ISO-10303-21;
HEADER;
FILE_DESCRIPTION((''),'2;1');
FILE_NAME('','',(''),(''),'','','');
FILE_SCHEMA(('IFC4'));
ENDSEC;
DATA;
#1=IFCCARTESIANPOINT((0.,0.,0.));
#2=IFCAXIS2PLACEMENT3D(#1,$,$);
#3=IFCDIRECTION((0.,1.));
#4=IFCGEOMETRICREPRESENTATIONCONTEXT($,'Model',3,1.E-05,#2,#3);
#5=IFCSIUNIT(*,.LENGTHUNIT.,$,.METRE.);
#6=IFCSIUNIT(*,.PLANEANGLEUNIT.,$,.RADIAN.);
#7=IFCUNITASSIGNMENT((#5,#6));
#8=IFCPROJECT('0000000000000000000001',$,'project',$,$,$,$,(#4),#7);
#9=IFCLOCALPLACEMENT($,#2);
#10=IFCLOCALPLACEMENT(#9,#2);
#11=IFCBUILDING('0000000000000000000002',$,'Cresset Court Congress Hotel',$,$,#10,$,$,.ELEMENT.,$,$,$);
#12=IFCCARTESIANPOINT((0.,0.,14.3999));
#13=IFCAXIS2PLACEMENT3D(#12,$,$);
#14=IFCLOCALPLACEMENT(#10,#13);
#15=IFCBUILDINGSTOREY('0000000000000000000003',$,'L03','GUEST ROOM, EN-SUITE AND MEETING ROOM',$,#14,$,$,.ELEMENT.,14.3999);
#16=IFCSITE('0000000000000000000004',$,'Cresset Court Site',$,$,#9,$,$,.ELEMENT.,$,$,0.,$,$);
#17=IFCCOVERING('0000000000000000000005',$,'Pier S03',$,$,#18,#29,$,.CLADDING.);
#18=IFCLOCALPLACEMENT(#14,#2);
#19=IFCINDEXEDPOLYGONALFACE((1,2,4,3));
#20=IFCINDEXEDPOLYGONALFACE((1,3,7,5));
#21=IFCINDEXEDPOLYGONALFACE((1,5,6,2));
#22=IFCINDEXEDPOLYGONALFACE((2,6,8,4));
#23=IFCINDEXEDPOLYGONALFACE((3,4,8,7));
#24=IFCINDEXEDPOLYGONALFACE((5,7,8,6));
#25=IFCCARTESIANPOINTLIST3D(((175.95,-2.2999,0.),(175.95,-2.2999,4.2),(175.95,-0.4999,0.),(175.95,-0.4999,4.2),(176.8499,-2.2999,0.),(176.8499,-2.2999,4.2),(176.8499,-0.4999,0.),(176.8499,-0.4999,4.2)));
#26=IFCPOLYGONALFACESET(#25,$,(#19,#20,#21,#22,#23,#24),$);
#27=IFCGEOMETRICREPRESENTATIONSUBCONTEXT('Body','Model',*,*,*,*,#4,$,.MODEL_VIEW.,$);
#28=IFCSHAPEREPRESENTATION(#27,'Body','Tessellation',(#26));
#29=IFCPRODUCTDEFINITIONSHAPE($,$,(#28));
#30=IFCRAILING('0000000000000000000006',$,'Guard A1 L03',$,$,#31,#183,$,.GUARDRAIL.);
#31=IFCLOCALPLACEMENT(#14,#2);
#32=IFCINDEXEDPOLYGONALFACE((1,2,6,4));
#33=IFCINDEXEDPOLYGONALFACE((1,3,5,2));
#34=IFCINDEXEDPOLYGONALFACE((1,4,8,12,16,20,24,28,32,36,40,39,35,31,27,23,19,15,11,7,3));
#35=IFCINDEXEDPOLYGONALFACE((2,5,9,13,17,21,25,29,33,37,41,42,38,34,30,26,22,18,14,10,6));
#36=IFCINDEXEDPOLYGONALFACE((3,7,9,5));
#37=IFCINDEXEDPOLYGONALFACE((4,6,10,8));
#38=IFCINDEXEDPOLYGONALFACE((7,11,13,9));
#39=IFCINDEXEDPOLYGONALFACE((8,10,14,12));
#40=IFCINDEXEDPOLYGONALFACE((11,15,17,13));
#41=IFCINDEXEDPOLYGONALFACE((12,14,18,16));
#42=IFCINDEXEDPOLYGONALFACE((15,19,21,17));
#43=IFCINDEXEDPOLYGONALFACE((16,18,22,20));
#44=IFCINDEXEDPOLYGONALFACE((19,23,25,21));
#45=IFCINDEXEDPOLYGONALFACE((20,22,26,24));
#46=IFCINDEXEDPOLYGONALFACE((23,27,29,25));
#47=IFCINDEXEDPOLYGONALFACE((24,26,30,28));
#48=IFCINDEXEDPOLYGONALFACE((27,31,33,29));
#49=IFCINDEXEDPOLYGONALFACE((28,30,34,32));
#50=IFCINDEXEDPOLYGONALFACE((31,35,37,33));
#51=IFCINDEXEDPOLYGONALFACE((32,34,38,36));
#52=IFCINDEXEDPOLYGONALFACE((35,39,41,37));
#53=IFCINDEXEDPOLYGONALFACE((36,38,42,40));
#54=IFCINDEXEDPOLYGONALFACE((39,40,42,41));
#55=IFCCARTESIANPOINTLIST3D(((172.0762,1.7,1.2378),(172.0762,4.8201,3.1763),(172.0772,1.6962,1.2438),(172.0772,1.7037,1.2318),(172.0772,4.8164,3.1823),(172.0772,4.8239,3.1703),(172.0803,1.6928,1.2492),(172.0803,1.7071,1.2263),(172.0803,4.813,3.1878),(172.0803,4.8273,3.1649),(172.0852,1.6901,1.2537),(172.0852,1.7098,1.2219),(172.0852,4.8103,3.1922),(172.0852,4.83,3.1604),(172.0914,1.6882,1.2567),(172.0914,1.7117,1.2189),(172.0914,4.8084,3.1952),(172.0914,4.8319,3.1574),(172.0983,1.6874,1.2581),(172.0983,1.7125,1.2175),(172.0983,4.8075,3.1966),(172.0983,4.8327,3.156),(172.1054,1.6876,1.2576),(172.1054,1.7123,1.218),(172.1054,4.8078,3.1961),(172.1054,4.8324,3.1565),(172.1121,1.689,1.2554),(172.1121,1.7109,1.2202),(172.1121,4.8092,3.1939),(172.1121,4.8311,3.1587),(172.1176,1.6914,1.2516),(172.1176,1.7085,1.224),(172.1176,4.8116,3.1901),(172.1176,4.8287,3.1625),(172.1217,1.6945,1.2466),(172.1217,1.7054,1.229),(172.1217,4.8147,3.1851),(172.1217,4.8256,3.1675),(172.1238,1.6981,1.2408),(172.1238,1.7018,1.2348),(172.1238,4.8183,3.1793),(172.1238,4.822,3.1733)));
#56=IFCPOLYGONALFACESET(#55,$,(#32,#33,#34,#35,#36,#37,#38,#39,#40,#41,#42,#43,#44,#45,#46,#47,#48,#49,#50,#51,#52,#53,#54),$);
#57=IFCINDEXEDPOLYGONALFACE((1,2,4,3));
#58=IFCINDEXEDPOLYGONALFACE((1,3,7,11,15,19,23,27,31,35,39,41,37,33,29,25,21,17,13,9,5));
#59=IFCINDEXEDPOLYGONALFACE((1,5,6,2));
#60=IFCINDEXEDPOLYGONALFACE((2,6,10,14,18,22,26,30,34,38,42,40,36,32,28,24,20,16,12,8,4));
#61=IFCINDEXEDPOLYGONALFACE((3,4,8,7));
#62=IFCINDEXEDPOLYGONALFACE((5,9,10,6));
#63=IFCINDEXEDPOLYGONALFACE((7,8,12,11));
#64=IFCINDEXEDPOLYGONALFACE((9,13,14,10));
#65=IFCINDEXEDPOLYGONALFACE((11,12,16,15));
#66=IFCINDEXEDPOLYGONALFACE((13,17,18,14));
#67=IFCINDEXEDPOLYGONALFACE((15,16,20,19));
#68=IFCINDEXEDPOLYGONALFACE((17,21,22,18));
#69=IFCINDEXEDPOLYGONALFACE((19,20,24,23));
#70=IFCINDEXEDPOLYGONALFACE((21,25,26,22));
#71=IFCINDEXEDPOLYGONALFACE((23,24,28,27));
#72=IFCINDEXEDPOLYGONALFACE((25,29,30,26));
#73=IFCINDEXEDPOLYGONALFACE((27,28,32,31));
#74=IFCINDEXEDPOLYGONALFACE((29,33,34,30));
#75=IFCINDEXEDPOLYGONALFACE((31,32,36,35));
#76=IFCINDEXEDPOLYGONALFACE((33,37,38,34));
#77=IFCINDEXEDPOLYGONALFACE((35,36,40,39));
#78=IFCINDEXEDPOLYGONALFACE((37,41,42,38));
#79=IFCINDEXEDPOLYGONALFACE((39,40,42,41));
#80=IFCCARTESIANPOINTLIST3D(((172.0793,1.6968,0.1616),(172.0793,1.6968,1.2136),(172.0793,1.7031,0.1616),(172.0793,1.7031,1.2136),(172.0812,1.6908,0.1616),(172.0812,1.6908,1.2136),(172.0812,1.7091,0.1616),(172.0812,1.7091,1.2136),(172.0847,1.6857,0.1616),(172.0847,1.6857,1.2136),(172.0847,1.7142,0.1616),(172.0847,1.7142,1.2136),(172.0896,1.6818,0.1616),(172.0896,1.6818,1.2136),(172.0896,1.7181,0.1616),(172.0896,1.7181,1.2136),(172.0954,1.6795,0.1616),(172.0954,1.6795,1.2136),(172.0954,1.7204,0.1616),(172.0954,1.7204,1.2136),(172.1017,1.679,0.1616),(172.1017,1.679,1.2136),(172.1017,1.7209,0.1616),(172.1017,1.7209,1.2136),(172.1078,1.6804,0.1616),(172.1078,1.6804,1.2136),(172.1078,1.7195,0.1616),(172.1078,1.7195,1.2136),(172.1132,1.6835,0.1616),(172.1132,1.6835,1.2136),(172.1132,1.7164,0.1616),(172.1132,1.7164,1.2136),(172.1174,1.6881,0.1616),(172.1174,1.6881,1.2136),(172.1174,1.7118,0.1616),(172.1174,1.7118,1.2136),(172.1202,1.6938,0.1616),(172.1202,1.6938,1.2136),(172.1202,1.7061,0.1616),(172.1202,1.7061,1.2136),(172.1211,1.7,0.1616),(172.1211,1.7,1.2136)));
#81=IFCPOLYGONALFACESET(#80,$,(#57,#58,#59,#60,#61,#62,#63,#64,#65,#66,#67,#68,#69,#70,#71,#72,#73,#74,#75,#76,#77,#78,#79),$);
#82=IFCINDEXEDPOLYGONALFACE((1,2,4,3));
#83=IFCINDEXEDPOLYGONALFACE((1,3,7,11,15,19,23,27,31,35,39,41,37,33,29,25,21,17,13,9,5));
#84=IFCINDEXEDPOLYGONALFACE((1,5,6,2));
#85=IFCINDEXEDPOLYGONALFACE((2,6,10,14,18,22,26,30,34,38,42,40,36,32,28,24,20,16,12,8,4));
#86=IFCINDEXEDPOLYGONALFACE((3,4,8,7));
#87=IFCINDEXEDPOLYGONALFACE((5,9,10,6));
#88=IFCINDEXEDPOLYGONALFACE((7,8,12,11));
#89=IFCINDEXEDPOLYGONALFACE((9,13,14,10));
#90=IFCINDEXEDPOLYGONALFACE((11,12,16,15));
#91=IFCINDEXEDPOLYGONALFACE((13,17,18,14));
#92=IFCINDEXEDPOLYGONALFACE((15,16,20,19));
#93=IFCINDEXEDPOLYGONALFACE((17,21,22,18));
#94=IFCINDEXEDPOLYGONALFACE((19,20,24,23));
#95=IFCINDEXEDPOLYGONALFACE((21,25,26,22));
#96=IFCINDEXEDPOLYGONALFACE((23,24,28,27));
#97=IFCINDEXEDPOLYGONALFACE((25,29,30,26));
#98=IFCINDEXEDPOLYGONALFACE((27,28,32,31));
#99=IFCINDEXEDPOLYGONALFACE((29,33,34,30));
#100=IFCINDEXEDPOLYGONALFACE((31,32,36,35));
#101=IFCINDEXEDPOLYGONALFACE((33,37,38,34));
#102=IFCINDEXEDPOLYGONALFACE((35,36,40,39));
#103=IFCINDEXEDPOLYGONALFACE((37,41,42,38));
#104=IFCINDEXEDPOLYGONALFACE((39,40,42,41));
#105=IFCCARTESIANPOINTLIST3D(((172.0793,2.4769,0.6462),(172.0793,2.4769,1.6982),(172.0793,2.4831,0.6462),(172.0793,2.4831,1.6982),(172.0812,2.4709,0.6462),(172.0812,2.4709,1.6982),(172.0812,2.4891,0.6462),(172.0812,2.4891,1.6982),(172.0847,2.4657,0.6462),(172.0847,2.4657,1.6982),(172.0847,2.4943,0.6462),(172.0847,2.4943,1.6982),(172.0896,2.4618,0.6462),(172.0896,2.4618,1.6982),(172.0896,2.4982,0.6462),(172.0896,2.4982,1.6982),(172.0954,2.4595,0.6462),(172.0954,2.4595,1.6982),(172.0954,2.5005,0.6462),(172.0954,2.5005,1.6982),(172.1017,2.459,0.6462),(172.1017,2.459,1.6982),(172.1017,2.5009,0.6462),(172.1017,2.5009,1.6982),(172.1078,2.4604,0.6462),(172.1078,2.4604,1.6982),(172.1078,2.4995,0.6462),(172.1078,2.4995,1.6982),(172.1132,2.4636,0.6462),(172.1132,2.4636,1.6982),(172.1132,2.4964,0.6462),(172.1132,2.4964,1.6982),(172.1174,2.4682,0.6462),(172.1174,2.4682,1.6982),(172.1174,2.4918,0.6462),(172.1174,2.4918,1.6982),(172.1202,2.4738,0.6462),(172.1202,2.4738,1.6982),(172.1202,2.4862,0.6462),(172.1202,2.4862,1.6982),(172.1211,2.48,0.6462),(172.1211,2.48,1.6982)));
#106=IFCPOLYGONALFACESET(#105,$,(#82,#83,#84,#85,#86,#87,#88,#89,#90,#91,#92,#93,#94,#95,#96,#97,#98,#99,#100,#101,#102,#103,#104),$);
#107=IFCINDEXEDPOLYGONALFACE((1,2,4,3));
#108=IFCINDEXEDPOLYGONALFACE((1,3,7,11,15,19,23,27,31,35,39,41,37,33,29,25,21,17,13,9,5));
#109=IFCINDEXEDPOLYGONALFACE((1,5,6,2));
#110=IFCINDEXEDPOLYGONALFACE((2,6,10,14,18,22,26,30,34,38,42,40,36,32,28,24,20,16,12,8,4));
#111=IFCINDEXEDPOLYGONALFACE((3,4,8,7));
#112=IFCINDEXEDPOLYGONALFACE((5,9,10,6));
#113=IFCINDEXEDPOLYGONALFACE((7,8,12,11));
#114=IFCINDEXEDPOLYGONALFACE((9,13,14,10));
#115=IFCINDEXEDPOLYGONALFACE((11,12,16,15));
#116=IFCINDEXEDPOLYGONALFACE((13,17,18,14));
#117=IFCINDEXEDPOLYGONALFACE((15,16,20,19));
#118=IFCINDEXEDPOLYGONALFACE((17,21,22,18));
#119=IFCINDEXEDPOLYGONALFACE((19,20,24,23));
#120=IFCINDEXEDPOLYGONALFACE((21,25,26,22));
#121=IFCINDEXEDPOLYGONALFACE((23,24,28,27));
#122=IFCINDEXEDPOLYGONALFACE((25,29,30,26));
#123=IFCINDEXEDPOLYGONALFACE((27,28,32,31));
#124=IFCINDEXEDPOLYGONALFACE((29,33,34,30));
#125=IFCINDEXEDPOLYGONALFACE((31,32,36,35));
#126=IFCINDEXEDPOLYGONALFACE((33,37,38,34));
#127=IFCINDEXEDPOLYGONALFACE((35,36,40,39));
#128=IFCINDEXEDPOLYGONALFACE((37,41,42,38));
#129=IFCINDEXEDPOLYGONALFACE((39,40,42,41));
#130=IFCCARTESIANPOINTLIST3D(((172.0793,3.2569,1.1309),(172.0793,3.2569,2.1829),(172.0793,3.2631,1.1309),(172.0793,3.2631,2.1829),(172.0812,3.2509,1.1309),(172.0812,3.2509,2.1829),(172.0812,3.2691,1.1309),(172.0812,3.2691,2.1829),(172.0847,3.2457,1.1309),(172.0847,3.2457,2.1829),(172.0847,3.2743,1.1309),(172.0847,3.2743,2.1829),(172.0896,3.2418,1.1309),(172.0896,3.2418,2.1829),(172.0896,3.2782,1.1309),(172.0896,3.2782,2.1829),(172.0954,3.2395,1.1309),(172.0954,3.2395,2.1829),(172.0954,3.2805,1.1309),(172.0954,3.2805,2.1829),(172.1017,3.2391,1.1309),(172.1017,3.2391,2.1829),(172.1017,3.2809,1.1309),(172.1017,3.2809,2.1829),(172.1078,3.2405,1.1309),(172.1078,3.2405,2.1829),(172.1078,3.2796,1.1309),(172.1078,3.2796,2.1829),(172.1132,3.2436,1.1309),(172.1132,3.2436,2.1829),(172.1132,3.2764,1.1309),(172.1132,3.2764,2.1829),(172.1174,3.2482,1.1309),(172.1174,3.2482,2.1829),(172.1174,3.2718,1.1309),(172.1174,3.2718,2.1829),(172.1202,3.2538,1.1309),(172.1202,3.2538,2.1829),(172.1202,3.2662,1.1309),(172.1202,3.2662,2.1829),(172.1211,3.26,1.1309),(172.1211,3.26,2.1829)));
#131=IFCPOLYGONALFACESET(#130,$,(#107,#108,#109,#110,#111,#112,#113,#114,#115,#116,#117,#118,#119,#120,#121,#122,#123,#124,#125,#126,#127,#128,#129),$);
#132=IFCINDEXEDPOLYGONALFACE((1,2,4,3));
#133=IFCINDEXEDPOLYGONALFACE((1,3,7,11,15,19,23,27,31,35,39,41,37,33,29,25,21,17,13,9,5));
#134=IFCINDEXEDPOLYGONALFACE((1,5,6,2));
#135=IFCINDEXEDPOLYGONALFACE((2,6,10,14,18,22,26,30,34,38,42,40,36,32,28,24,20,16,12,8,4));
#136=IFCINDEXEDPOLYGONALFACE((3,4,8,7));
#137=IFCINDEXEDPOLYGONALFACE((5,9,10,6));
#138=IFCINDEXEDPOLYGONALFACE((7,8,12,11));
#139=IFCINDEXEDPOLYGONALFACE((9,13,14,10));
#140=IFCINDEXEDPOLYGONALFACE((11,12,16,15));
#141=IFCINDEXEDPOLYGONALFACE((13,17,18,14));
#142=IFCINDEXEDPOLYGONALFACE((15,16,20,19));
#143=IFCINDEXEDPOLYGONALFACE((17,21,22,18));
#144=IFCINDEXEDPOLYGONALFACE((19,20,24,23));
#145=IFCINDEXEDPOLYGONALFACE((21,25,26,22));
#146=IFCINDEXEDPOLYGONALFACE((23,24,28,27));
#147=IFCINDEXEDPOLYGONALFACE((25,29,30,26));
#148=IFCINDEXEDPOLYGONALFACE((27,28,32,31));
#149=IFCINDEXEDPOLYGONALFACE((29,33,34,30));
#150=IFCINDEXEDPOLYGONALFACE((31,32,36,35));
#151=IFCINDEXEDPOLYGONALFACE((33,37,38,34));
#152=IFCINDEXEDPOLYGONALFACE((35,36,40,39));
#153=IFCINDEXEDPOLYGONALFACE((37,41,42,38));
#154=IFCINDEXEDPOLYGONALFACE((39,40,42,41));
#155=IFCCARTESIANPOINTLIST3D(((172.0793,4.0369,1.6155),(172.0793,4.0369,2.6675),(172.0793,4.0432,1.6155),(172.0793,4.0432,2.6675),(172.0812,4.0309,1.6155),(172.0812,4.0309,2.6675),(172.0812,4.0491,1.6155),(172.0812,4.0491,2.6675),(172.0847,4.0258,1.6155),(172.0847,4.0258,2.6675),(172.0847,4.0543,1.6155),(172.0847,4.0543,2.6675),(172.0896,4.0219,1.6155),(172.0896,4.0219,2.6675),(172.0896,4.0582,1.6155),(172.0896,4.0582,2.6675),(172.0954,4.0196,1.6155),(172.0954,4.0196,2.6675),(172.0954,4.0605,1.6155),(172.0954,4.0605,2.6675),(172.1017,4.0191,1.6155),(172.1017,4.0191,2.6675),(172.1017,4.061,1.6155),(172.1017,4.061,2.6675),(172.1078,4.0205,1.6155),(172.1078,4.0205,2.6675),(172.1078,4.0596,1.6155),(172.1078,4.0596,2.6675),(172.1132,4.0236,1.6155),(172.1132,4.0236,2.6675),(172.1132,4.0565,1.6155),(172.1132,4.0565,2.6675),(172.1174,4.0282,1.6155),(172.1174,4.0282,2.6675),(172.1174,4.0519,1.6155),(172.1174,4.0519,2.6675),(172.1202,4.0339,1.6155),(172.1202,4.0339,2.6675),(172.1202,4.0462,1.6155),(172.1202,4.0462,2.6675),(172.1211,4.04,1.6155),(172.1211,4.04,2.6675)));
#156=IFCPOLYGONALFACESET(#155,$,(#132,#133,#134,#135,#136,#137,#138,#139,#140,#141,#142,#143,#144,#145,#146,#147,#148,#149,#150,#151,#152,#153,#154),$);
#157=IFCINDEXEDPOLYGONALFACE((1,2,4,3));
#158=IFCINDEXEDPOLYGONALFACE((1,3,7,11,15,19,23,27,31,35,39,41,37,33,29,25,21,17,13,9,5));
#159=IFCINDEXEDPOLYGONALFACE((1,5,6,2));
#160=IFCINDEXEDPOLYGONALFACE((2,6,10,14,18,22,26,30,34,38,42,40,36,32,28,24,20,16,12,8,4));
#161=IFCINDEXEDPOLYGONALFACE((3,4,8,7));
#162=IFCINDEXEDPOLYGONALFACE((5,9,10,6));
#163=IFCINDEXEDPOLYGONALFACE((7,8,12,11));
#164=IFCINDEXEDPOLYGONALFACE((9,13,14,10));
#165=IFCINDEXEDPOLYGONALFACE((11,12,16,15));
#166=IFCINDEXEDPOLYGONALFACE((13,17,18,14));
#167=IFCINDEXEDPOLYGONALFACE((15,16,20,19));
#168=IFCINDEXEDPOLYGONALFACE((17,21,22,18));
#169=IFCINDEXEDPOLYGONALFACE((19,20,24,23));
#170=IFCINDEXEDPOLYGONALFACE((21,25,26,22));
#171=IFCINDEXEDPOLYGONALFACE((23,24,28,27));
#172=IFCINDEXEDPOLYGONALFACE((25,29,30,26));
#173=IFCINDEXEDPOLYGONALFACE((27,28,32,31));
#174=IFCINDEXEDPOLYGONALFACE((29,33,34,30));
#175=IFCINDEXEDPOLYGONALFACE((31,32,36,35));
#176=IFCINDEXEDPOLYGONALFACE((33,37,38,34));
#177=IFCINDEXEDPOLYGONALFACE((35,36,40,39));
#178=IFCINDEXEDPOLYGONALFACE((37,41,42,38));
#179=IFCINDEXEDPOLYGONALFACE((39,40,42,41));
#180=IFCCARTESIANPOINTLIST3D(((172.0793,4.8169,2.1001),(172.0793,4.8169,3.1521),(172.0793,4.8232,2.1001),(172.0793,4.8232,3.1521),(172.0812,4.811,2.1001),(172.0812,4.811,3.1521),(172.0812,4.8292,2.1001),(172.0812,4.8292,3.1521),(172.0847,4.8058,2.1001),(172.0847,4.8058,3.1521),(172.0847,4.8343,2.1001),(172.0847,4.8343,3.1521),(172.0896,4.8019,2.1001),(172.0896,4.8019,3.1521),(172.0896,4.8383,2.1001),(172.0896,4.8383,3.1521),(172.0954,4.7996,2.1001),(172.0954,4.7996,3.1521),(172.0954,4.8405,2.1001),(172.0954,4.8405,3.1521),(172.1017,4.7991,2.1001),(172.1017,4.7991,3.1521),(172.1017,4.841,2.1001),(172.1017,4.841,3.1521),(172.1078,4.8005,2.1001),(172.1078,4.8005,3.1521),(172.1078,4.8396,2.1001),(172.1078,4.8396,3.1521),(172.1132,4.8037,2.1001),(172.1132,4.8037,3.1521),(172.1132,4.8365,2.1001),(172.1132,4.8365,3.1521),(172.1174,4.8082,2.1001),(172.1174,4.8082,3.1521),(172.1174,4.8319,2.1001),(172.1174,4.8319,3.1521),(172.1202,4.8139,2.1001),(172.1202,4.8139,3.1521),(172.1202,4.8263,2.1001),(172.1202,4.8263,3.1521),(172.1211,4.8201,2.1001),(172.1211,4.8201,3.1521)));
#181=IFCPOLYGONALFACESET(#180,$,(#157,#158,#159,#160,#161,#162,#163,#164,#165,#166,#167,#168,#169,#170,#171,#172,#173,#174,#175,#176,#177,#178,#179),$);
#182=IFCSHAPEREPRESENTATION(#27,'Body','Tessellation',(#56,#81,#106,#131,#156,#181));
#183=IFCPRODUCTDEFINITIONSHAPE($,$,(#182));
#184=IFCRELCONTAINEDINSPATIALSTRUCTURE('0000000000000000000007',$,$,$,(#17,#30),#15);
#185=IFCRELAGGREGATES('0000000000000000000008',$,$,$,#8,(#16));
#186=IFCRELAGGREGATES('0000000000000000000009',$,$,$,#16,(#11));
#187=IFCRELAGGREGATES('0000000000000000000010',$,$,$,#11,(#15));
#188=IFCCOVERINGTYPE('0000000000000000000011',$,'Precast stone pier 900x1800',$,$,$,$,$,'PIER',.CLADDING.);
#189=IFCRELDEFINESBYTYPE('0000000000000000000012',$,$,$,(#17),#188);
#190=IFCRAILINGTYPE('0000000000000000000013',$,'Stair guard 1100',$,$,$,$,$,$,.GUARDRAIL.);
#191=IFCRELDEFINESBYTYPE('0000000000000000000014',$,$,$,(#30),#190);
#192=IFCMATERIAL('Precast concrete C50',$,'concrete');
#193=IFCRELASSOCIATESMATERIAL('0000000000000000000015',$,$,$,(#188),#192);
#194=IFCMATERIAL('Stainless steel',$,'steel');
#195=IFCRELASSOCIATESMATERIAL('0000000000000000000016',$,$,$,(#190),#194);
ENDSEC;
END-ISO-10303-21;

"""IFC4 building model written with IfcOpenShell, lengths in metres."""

from ifc_helpers import new_model, si_unit, direction, frame, origin, origin_2d, place, context, subcontext, project, spatial, rectangle, circle, extrude, material, type_object, element, save


model = new_model("IFC4")

# Units and contexts
model_context = context("Model", 3, precision=1e-05, world=origin(), true_north=direction((0.0, 1.0)))
body_context = subcontext(model_context, "Body", "Model", "MODEL_VIEW")
ifc_project = project(units=[si_unit("LENGTHUNIT", "METRE"), si_unit("PLANEANGLEUNIT", "RADIAN")], contexts=[model_context])

# Site, building, storey
site_placement = place(None, origin())
site = spatial("IfcSite", under=ifc_project, at=site_placement, Name="Cresset Court Site", CompositionType="ELEMENT", RefElevation=0.0)
building_placement = place(site_placement, origin())
building = spatial("IfcBuilding", under=site, at=building_placement, Name="Cresset Court Congress Hotel", CompositionType="ELEMENT")
storey_placement = place(building_placement, frame((0.0, 0.0, 14.3999)))
storey = spatial("IfcBuildingStorey", under=building, at=storey_placement, Name="L03", Description="GUEST ROOM, EN-SUITE AND MEETING ROOM", CompositionType="ELEMENT", Elevation=14.3999)

# Covering
ifc_material_1 = material(Name="Precast concrete C50", Category="concrete")
covering_type_1 = type_object("IfcCoveringType", Name="Precast stone pier 900x1800", ElementType="PIER", PredefinedType="CLADDING", material=ifc_material_1)
covering_1_placement = place(storey_placement, frame((176.3999, -1.3999, 0.0), z_axis=(0.0, 0.0, 1.0), x_axis=(1.0, 0.0, 0.0)))
element("IfcCovering", 1, at=covering_1_placement, inside=storey, type_object=covering_type_1, Name="Pier S03", PredefinedType="CLADDING", context=body_context, shape_type="SweptSolid", body=[
    extrude(rectangle(XDim=0.8999, YDim=1.8, at=origin_2d()), origin(), (0.0, 0.0, 1.0), 4.2),
])

# Railing
ifc_material_2 = material(Name="Stainless steel", Category="steel")
railing_type_1 = type_object("IfcRailingType", Name="Stair guard 1100", PredefinedType="GUARDRAIL", material=ifc_material_2)
railing_placement = place(storey_placement, frame((172.1001, 1.7, 0.1616)))
element("IfcRailing", 2, at=railing_placement, inside=storey, type_object=railing_type_1, Name="Guard A1 L03", PredefinedType="GUARDRAIL", context=body_context, shape_type="SweptSolid", body=[
    extrude(circle(Radius=0.0239, at=origin_2d()), frame((0.0, 0.0, 1.0762), z_axis=(0.0, 0.849414, 0.527727), x_axis=(-1.0, 0.0, 0.0)), (0.0, 0.0, 1.0), 3.6733),
    extrude(circle(Radius=0.021, at=origin_2d()), origin(), (0.0, 0.0, 1.0), 1.052),
    extrude(circle(Radius=0.021, at=origin_2d()), frame((0.0, 0.78, 0.4846)), (0.0, 0.0, 1.0), 1.052),
    extrude(circle(Radius=0.021, at=origin_2d()), frame((0.0, 1.5601, 0.9692)), (0.0, 0.0, 1.0), 1.052),
    extrude(circle(Radius=0.021, at=origin_2d()), frame((0.0, 2.3401, 1.4539)), (0.0, 0.0, 1.0), 1.052),
    extrude(circle(Radius=0.021, at=origin_2d()), frame((0.0, 3.1201, 1.9385)), (0.0, 0.0, 1.0), 1.052),
])

save(model, "model.ifc")
